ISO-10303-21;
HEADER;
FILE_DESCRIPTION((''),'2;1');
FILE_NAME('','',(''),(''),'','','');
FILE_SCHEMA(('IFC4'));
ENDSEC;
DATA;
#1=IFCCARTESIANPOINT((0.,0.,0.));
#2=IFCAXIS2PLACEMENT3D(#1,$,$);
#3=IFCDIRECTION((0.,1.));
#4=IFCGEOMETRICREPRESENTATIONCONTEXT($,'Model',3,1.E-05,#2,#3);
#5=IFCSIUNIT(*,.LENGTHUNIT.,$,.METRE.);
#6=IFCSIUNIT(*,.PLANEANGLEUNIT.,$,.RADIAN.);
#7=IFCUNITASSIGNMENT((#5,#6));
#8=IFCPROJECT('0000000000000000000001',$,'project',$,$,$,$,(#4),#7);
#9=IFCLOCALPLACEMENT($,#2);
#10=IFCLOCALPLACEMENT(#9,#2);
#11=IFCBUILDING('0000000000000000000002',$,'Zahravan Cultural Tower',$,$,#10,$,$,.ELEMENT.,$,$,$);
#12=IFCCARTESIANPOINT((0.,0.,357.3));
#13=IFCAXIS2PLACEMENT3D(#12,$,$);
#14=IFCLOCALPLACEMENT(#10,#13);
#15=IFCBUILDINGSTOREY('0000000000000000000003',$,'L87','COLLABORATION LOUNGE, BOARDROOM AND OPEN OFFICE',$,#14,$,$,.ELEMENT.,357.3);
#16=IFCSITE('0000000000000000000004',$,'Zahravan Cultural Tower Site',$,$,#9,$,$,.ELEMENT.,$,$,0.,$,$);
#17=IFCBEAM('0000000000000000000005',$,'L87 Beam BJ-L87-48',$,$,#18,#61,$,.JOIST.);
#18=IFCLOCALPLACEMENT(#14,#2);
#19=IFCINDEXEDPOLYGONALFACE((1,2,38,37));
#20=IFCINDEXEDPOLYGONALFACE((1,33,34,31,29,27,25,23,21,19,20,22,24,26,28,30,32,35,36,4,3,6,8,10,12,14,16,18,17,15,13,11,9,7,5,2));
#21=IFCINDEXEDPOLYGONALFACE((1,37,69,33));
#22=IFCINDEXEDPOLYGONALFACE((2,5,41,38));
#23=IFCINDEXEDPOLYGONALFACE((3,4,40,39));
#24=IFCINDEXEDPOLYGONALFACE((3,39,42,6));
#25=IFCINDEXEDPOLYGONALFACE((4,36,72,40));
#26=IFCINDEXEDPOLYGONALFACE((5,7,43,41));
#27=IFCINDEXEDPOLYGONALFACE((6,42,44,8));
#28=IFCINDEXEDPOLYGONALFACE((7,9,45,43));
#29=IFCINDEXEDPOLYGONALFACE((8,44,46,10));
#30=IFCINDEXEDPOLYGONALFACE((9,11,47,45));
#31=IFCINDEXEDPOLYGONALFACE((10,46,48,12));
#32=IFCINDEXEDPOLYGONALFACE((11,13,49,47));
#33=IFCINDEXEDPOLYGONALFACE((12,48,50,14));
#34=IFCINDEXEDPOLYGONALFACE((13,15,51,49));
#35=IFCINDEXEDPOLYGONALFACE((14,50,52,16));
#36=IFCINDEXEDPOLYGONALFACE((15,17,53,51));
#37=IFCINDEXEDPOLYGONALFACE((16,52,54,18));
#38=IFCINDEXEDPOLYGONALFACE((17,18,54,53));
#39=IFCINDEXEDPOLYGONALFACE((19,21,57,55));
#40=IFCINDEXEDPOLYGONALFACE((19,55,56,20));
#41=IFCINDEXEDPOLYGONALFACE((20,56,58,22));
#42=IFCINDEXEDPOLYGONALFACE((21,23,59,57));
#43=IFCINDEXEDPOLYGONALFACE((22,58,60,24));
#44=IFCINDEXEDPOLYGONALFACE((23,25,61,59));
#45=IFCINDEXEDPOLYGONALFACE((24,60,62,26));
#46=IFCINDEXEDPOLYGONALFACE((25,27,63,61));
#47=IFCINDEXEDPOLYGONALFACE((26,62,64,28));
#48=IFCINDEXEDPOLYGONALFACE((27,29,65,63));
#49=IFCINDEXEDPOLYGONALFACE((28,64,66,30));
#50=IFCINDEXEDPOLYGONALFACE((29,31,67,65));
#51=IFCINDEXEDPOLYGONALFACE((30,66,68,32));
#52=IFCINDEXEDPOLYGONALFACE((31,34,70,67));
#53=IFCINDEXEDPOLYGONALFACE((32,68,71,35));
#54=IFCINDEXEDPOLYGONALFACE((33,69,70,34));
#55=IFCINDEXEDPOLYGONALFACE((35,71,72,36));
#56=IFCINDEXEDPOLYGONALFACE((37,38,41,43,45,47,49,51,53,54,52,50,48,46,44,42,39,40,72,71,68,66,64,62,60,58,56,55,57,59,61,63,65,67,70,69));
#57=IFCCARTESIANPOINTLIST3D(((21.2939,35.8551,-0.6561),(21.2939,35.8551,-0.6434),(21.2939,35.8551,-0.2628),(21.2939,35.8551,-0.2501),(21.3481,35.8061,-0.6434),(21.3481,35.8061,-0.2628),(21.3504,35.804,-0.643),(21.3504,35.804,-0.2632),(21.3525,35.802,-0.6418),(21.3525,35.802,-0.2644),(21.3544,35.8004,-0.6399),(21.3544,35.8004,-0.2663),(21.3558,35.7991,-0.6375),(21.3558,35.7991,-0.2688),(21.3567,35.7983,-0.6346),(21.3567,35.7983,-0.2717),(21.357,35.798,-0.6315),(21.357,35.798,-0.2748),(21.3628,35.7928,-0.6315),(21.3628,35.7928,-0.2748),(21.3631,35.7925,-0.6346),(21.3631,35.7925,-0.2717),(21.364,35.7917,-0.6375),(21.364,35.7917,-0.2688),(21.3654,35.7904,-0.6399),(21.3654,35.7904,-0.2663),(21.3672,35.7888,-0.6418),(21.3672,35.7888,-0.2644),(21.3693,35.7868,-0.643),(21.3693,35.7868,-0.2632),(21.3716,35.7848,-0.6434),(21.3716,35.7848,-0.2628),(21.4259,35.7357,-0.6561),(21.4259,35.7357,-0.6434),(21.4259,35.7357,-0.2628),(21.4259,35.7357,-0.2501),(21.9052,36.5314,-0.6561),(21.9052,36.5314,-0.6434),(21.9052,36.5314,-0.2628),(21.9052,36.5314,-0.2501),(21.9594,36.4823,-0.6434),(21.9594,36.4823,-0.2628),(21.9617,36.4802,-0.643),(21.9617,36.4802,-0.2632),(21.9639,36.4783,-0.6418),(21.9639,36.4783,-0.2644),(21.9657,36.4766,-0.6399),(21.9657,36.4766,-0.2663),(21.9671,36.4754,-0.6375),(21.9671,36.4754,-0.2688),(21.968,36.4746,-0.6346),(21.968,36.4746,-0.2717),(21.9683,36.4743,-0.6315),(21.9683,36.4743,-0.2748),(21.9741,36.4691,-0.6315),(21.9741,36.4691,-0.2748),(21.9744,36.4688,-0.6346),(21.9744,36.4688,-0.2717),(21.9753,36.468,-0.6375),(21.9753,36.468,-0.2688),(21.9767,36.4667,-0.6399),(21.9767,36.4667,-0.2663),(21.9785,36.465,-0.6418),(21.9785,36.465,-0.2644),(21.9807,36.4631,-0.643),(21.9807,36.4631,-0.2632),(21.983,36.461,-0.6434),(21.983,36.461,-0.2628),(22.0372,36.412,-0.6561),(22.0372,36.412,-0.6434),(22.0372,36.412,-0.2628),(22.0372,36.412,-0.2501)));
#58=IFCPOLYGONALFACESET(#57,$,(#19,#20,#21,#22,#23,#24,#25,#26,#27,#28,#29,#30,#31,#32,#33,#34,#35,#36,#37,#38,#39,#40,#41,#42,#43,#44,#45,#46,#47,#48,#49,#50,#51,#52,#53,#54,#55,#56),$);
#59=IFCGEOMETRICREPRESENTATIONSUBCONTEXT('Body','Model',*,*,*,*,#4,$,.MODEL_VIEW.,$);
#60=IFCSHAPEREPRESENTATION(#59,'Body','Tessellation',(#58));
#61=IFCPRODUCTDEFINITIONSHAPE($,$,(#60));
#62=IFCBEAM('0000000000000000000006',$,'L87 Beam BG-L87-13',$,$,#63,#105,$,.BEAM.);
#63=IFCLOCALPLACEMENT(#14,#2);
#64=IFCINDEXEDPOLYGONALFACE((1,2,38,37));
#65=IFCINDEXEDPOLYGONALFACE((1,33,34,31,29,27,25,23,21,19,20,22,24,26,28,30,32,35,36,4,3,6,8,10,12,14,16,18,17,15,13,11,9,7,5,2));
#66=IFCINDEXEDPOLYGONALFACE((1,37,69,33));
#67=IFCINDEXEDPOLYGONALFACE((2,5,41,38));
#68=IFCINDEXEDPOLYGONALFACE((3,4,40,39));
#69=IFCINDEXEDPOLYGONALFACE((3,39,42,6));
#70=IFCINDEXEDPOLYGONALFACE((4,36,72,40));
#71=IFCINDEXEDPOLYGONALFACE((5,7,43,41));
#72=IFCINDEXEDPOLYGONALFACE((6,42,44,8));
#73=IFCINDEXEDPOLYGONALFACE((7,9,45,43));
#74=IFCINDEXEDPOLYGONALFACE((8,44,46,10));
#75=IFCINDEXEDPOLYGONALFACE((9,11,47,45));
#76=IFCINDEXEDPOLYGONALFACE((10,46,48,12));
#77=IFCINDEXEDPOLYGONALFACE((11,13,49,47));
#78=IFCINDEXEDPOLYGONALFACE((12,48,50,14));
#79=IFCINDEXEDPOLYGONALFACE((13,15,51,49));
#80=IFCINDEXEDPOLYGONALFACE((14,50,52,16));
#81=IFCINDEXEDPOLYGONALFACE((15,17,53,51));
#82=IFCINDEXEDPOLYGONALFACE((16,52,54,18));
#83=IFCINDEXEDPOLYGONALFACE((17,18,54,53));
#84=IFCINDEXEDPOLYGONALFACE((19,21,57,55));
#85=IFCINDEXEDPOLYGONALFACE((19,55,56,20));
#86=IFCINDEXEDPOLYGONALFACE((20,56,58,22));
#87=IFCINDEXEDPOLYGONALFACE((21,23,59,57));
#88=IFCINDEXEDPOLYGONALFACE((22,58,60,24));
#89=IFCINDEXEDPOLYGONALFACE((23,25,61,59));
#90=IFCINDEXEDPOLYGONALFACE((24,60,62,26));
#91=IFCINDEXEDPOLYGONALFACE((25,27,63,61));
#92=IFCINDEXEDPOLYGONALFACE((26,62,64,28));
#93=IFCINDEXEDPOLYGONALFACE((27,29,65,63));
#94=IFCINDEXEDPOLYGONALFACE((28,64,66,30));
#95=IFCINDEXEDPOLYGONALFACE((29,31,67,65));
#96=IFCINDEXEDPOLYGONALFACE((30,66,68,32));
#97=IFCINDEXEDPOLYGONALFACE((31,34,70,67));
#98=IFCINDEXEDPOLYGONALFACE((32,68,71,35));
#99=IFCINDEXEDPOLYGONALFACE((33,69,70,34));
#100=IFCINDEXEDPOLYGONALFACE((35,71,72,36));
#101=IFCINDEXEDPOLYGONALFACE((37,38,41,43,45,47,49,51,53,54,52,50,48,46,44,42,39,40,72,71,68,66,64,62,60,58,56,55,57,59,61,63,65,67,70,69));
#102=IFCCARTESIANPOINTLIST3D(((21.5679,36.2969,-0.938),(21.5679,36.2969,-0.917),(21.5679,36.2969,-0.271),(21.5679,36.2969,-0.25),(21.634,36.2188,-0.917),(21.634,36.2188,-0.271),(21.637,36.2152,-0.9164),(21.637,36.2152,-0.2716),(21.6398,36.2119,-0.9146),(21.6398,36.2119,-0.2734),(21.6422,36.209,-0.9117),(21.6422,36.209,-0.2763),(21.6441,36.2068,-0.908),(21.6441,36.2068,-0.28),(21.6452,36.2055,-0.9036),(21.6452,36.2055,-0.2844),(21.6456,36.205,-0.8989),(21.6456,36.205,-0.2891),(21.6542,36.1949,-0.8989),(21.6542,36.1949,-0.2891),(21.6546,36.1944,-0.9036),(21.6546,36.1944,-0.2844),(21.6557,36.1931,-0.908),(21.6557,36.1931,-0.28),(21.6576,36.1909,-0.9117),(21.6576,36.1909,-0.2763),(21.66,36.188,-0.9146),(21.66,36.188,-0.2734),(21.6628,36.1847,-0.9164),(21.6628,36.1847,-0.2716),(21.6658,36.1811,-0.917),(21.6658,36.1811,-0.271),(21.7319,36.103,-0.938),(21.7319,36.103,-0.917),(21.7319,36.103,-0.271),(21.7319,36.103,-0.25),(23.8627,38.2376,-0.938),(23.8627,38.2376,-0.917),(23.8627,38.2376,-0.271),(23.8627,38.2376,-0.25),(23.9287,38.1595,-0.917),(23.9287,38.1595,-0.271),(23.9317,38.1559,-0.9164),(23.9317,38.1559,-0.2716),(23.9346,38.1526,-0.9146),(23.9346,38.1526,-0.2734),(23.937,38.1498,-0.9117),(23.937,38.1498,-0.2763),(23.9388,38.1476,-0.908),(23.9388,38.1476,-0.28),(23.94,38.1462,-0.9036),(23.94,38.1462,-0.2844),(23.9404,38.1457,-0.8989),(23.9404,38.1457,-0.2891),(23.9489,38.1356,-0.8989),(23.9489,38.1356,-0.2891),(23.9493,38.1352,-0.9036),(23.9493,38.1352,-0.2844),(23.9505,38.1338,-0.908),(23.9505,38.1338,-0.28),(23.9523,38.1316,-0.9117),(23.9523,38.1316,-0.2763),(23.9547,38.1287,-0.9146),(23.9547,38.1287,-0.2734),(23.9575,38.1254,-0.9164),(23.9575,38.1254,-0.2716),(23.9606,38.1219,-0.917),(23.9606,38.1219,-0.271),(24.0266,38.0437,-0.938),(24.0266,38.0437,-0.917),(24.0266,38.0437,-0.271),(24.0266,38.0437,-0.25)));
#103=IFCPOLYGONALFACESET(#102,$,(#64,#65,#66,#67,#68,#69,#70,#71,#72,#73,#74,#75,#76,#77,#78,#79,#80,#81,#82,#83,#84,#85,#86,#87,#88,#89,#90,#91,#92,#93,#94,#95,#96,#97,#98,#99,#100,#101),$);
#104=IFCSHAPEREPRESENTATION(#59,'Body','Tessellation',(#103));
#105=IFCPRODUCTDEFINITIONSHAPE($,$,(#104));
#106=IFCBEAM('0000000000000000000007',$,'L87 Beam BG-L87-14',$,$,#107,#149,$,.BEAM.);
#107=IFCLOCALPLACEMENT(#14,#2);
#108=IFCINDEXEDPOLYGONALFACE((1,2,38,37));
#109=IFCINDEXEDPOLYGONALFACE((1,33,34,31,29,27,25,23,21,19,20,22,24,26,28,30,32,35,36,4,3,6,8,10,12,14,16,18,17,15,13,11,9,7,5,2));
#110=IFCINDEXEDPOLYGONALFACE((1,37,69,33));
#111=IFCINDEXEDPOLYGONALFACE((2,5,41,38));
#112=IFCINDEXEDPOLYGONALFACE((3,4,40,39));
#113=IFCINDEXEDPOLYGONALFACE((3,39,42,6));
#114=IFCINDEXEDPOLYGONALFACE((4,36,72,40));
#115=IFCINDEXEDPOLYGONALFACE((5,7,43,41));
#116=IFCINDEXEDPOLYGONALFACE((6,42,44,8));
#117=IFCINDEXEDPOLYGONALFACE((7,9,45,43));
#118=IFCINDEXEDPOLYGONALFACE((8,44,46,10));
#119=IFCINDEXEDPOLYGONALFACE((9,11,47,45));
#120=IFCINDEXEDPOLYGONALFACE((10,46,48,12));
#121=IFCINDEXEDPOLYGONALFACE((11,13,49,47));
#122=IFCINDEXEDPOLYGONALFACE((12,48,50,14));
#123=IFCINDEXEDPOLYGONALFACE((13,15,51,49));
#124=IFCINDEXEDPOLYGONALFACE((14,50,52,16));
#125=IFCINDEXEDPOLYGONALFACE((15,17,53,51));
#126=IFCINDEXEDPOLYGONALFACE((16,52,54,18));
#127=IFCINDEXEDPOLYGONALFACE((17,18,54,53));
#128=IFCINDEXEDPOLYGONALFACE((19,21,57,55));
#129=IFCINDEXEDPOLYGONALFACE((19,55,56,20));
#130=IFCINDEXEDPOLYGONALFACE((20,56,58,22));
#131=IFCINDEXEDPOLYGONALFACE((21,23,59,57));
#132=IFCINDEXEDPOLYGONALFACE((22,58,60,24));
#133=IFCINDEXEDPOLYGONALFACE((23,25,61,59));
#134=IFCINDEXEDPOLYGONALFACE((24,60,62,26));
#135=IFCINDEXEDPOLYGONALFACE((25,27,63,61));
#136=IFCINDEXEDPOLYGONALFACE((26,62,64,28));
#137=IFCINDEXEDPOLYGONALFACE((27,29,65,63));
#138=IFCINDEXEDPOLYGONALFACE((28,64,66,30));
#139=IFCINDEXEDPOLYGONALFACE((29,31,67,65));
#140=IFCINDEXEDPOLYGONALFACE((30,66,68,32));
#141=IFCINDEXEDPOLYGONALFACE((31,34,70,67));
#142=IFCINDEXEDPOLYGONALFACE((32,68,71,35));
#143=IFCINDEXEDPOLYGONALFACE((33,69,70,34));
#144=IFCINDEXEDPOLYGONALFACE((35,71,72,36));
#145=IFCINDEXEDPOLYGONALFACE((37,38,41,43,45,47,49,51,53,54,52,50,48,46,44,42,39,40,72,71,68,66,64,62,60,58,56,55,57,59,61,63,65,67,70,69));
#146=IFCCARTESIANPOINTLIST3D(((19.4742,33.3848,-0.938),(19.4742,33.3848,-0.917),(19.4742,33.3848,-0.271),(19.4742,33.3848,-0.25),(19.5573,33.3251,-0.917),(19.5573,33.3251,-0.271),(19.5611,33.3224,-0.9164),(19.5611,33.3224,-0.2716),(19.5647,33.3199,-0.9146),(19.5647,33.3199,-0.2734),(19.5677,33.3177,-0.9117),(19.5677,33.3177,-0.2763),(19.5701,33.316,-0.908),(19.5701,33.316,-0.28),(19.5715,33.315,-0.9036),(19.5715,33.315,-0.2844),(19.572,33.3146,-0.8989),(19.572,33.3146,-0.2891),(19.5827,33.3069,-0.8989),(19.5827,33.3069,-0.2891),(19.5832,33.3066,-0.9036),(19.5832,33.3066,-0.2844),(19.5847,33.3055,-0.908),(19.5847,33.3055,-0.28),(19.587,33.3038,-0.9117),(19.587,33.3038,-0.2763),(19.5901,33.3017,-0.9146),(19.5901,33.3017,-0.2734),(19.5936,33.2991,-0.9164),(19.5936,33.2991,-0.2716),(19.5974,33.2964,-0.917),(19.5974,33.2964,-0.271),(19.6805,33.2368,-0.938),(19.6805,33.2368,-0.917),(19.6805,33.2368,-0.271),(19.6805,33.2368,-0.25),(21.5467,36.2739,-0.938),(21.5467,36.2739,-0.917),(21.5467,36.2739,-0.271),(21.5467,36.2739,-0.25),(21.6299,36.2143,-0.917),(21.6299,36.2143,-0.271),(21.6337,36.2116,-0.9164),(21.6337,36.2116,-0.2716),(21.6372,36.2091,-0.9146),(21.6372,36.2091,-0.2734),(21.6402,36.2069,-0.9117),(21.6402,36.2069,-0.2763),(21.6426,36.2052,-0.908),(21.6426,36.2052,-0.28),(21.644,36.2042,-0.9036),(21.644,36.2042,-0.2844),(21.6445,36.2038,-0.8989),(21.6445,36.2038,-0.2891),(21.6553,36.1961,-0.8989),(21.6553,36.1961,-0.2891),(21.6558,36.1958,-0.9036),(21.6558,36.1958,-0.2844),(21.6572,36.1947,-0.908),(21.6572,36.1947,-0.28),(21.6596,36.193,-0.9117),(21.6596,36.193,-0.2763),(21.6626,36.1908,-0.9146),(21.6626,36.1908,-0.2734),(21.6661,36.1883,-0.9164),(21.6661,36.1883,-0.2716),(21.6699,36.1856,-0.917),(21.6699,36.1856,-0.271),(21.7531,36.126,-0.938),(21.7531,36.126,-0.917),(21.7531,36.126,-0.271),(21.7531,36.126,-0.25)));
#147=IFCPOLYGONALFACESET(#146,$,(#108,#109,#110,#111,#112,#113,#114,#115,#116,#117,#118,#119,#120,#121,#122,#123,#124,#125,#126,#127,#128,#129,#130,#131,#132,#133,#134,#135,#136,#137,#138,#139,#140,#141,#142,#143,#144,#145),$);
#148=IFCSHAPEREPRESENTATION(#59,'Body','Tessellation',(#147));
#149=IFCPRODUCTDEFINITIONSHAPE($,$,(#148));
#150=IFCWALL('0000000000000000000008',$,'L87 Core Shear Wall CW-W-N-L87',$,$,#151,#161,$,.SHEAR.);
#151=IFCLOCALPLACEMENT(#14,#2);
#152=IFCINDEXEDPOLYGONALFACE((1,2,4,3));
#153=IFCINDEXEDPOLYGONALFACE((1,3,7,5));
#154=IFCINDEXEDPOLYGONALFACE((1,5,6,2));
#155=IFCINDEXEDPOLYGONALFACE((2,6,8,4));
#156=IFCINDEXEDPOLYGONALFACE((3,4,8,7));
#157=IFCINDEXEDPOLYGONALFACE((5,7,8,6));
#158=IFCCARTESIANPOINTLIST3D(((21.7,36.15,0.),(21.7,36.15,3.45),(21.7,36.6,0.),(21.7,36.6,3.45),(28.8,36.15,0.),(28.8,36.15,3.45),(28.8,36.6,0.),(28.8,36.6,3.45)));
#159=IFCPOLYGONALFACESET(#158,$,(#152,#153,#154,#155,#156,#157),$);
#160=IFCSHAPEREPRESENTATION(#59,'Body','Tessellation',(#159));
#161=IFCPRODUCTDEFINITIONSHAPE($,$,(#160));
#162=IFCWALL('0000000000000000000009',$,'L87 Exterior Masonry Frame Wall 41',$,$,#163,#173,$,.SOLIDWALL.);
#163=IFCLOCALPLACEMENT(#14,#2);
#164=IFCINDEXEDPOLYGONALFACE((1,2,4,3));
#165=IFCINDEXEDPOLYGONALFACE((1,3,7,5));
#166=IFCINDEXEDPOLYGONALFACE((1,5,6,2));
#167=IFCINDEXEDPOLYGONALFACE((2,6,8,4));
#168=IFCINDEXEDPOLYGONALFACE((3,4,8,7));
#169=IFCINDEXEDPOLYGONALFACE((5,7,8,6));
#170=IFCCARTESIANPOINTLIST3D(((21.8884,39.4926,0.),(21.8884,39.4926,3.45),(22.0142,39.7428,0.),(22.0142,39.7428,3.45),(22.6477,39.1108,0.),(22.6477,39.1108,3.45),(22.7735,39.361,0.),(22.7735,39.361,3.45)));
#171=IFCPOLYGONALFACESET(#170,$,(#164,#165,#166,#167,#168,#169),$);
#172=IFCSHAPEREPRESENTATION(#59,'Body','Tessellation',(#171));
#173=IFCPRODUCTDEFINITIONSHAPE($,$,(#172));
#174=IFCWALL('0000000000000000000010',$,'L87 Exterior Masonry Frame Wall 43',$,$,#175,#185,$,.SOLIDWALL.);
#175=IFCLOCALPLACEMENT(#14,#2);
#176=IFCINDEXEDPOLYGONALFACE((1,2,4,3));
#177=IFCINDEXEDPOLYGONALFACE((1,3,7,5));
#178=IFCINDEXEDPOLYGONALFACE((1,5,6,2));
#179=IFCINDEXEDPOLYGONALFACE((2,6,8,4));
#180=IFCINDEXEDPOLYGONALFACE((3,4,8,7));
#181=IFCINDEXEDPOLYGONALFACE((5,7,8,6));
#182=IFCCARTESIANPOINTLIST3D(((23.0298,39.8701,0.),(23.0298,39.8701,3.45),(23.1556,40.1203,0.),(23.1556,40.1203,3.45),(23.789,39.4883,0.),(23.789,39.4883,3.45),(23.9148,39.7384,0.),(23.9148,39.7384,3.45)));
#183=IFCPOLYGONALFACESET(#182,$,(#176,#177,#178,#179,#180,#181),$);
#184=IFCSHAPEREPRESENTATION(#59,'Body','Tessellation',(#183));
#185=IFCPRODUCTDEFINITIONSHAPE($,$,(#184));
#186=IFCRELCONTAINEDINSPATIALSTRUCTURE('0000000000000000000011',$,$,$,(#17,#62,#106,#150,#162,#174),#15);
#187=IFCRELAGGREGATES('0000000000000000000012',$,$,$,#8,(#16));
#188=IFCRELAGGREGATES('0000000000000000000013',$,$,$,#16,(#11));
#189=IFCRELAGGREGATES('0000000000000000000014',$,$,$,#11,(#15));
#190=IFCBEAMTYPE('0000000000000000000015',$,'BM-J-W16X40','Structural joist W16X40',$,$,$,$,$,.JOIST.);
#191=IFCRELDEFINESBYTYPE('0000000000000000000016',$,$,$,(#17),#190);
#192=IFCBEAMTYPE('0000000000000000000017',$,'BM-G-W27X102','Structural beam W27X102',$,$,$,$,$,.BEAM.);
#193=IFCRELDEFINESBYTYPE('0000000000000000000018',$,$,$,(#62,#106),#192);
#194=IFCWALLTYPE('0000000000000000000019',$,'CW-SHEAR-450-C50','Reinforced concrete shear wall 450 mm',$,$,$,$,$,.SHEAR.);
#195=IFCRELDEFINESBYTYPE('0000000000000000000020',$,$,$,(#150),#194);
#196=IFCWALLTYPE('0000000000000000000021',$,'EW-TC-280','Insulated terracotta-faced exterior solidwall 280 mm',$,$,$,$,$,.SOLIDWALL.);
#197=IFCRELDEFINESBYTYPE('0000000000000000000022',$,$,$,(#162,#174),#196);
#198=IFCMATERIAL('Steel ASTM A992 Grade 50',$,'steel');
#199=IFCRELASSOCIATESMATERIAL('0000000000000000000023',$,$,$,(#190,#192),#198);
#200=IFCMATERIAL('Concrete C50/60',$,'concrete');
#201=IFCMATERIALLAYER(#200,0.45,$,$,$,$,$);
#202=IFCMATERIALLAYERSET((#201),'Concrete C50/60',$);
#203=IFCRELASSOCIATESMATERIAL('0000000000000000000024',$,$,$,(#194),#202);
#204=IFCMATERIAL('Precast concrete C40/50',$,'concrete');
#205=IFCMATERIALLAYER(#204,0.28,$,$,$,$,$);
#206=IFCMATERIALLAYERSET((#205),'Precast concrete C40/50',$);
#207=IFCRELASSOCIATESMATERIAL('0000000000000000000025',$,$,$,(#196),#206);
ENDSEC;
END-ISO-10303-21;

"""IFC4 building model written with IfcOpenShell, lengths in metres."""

from ifc_helpers import new_model, si_unit, direction, frame, frame_2d, origin, origin_2d, place, context, subcontext, project, spatial, rectangle, i_section, extrude, source, transform, mapped, material, layer, layer_set, material_profile, profile_set, type_object, element, save


model = new_model("IFC4")

# Units and contexts
model_context = context("Model", 3, precision=1e-05, world=origin(), true_north=direction((0.0, 1.0)))
body_context = subcontext(model_context, "Body", "Model", "MODEL_VIEW")
ifc_project = project(units=[si_unit("LENGTHUNIT", "METRE"), si_unit("PLANEANGLEUNIT", "RADIAN")], contexts=[model_context])

# Site, building, storey
site_placement = place(None, origin())
site = spatial("IfcSite", under=ifc_project, at=site_placement, Name="Zahravan Cultural Tower Site", CompositionType="ELEMENT", RefElevation=0.0)
building_placement = place(site_placement, origin())
building = spatial("IfcBuilding", under=site, at=building_placement, Name="Zahravan Cultural Tower", CompositionType="ELEMENT")
storey_placement = place(building_placement, frame((0.0, 0.0, 357.3)))
storey = spatial("IfcBuildingStorey", under=building, at=storey_placement, Name="L87", Description="COLLABORATION LOUNGE, BOARDROOM AND OPEN OFFICE", CompositionType="ELEMENT", Elevation=357.3)

# Shared definitions
ifc_material_1 = material(Name="Concrete C50/60", Category="concrete")
ifc_material_2 = material(Name="Steel ASTM A992 Grade 50", Category="steel")

# Beams
ifc_material_profile_1 = material_profile(ifc_material_2, i_section(OverallWidth=0.178, OverallDepth=0.406, WebThickness=0.0078, FlangeThickness=0.0127, FilletRadius=0.012, at=origin_2d()), Name="W16X40")
ifc_profile_set_1 = profile_set([ifc_material_profile_1], Name="Steel ASTM A992 Grade 50")
beam_type_1 = type_object("IfcBeamType", Name="BM-J-W16X40", Description="Structural joist W16X40", PredefinedType="JOIST", material=ifc_profile_set_1)
shared_shape_1 = source(origin(), body_context, "Body", "SweptSolid", [
    extrude(i_section(OverallWidth=0.178, OverallDepth=0.406, WebThickness=0.0078, FlangeThickness=0.0127, FilletRadius=0.012, at=origin_2d()), origin(), (0.0, 0.0, 1.0), 0.9116),
])
beam_1_placement = place(storey_placement, frame((21.9712, 36.4717, -0.4531), z_axis=(-0.670591, -0.741828, 0.0), x_axis=(0.741828, -0.670591, 0.0)))
element("IfcBeam", 1, at=beam_1_placement, inside=storey, type_object=beam_type_1, Name="L87 Beam BJ-L87-48", PredefinedType="JOIST", context=body_context, shape_type="MappedRepresentation", body=[
    mapped(shared_shape_1, transform((0.0, 0.0, 0.0), x_axis=(1.0, 0.0, 0.0), y_axis=(0.0, 1.0, 0.0), z_axis=(0.0, 0.0, 1.0), scale=1.0)),
])
ifc_material_profile_2 = material_profile(ifc_material_2, i_section(OverallWidth=0.2539, OverallDepth=0.688, WebThickness=0.0132, FlangeThickness=0.021, FilletRadius=0.0181, at=origin_2d()), Name="W27X102")
ifc_profile_set_2 = profile_set([ifc_material_profile_2], Name="Steel ASTM A992 Grade 50")
beam_type_2 = type_object("IfcBeamType", Name="BM-G-W27X102", Description="Structural beam W27X102", PredefinedType="BEAM", material=ifc_profile_set_2)
shared_shape_2 = source(origin(), body_context, "Body", "SweptSolid", [
    extrude(i_section(OverallWidth=0.2539, OverallDepth=0.688, WebThickness=0.0132, FlangeThickness=0.021, FilletRadius=0.0181, at=origin_2d()), origin(), (0.0, 0.0, 1.0), 3.0054),
])
beam_2_placement = place(storey_placement, frame((21.6499, 36.2, -0.594), z_axis=(0.763546, 0.645753, 0.0), x_axis=(-0.645753, 0.763546, 0.0)))
element("IfcBeam", 2, at=beam_2_placement, inside=storey, type_object=beam_type_2, Name="L87 Beam BG-L87-13", PredefinedType="BEAM", context=body_context, shape_type="MappedRepresentation", body=[
    mapped(shared_shape_2, transform((0.0, 0.0, 0.0), x_axis=(1.0, 0.0, 0.0), y_axis=(0.0, 1.0, 0.0), z_axis=(0.0, 0.0, 1.0), scale=1.0)),
])
shared_shape_3 = source(origin(), body_context, "Body", "SweptSolid", [
    extrude(i_section(OverallWidth=0.2539, OverallDepth=0.688, WebThickness=0.0132, FlangeThickness=0.021, FilletRadius=0.0181, at=origin_2d()), origin(), (0.0, 0.0, 1.0), 3.5557),
])
beam_3_placement = place(storey_placement, frame((21.6499, 36.2, -0.594), z_axis=(-0.58288, -0.812558, 0.0), x_axis=(0.812558, -0.58288, 0.0)))
element("IfcBeam", 3, at=beam_3_placement, inside=storey, type_object=beam_type_2, Name="L87 Beam BG-L87-14", PredefinedType="BEAM", context=body_context, shape_type="MappedRepresentation", body=[
    mapped(shared_shape_3, transform((0.0, 0.0, 0.0), x_axis=(1.0, 0.0, 0.0), y_axis=(0.0, 1.0, 0.0), z_axis=(0.0, 0.0, 1.0), scale=1.0)),
])

# Walls
ifc_layer_1 = layer(ifc_material_1, 0.45)
ifc_layer_set_1 = layer_set([ifc_layer_1], Name="Concrete C50/60")
wall_type_1 = type_object("IfcWallType", Name="CW-SHEAR-450-C50", Description="Reinforced concrete shear wall 450 mm", PredefinedType="SHEAR", material=ifc_layer_set_1)
shared_shape_4 = source(origin(), body_context, "Body", "SweptSolid", [
    extrude(rectangle(XDim=7.1001, YDim=0.45, at=frame_2d((3.55, 0.0))), origin(), (0.0, 0.0, 1.0), 3.45),
])
wall_1_placement = place(storey_placement, frame((21.7, 36.375, 0.0), z_axis=(0.0, 0.0, 1.0), x_axis=(1.0, 0.0, 0.0)))
element("IfcWall", 4, at=wall_1_placement, inside=storey, type_object=wall_type_1, Name="L87 Core Shear Wall CW-W-N-L87", PredefinedType="SHEAR", context=body_context, shape_type="MappedRepresentation", body=[
    mapped(shared_shape_4, transform((0.0, 0.0, 0.0), x_axis=(1.0, 0.0, 0.0), y_axis=(0.0, 1.0, 0.0), z_axis=(0.0, 0.0, 1.0), scale=1.0)),
])
ifc_material_3 = material(Name="Precast concrete C40/50", Category="concrete")
ifc_layer_2 = layer(ifc_material_3, 0.28)
ifc_layer_set_2 = layer_set([ifc_layer_2], Name="Precast concrete C40/50")
wall_type_2 = type_object("IfcWallType", Name="EW-TC-280", Description="Insulated terracotta-faced exterior solidwall 280 mm", PredefinedType="SOLIDWALL", material=ifc_layer_set_2)
shared_shape_5 = source(origin(), body_context, "Body", "SweptSolid", [
    extrude(rectangle(XDim=0.8499, YDim=0.28, at=frame_2d((0.4248, 0.0))), origin(), (0.0, 0.0, 1.0), 3.45),
])
for number, where, z_axis, x_axis, name in (
    (5, (21.9514, 39.6177, 0.0), (0.0, 0.0, 1.0), (0.893391, -0.449281, 0.0), "L87 Exterior Masonry Frame Wall 41"),
    (6, (23.0928, 39.9951, 0.0), (0.0, 0.0, 1.0), (0.893391, -0.449281, 0.0), "L87 Exterior Masonry Frame Wall 43"),
):
    element("IfcWall", number, at=place(storey_placement, frame(where, z_axis=z_axis, x_axis=x_axis)), inside=storey, type_object=wall_type_2, Name=name, PredefinedType="SOLIDWALL", context=body_context, shape_type="MappedRepresentation", body=[
        mapped(shared_shape_5, transform((0.0, 0.0, 0.0), x_axis=(1.0, 0.0, 0.0), y_axis=(0.0, 1.0, 0.0), z_axis=(0.0, 0.0, 1.0), scale=1.0)),
    ])

save(model, "model.ifc")
